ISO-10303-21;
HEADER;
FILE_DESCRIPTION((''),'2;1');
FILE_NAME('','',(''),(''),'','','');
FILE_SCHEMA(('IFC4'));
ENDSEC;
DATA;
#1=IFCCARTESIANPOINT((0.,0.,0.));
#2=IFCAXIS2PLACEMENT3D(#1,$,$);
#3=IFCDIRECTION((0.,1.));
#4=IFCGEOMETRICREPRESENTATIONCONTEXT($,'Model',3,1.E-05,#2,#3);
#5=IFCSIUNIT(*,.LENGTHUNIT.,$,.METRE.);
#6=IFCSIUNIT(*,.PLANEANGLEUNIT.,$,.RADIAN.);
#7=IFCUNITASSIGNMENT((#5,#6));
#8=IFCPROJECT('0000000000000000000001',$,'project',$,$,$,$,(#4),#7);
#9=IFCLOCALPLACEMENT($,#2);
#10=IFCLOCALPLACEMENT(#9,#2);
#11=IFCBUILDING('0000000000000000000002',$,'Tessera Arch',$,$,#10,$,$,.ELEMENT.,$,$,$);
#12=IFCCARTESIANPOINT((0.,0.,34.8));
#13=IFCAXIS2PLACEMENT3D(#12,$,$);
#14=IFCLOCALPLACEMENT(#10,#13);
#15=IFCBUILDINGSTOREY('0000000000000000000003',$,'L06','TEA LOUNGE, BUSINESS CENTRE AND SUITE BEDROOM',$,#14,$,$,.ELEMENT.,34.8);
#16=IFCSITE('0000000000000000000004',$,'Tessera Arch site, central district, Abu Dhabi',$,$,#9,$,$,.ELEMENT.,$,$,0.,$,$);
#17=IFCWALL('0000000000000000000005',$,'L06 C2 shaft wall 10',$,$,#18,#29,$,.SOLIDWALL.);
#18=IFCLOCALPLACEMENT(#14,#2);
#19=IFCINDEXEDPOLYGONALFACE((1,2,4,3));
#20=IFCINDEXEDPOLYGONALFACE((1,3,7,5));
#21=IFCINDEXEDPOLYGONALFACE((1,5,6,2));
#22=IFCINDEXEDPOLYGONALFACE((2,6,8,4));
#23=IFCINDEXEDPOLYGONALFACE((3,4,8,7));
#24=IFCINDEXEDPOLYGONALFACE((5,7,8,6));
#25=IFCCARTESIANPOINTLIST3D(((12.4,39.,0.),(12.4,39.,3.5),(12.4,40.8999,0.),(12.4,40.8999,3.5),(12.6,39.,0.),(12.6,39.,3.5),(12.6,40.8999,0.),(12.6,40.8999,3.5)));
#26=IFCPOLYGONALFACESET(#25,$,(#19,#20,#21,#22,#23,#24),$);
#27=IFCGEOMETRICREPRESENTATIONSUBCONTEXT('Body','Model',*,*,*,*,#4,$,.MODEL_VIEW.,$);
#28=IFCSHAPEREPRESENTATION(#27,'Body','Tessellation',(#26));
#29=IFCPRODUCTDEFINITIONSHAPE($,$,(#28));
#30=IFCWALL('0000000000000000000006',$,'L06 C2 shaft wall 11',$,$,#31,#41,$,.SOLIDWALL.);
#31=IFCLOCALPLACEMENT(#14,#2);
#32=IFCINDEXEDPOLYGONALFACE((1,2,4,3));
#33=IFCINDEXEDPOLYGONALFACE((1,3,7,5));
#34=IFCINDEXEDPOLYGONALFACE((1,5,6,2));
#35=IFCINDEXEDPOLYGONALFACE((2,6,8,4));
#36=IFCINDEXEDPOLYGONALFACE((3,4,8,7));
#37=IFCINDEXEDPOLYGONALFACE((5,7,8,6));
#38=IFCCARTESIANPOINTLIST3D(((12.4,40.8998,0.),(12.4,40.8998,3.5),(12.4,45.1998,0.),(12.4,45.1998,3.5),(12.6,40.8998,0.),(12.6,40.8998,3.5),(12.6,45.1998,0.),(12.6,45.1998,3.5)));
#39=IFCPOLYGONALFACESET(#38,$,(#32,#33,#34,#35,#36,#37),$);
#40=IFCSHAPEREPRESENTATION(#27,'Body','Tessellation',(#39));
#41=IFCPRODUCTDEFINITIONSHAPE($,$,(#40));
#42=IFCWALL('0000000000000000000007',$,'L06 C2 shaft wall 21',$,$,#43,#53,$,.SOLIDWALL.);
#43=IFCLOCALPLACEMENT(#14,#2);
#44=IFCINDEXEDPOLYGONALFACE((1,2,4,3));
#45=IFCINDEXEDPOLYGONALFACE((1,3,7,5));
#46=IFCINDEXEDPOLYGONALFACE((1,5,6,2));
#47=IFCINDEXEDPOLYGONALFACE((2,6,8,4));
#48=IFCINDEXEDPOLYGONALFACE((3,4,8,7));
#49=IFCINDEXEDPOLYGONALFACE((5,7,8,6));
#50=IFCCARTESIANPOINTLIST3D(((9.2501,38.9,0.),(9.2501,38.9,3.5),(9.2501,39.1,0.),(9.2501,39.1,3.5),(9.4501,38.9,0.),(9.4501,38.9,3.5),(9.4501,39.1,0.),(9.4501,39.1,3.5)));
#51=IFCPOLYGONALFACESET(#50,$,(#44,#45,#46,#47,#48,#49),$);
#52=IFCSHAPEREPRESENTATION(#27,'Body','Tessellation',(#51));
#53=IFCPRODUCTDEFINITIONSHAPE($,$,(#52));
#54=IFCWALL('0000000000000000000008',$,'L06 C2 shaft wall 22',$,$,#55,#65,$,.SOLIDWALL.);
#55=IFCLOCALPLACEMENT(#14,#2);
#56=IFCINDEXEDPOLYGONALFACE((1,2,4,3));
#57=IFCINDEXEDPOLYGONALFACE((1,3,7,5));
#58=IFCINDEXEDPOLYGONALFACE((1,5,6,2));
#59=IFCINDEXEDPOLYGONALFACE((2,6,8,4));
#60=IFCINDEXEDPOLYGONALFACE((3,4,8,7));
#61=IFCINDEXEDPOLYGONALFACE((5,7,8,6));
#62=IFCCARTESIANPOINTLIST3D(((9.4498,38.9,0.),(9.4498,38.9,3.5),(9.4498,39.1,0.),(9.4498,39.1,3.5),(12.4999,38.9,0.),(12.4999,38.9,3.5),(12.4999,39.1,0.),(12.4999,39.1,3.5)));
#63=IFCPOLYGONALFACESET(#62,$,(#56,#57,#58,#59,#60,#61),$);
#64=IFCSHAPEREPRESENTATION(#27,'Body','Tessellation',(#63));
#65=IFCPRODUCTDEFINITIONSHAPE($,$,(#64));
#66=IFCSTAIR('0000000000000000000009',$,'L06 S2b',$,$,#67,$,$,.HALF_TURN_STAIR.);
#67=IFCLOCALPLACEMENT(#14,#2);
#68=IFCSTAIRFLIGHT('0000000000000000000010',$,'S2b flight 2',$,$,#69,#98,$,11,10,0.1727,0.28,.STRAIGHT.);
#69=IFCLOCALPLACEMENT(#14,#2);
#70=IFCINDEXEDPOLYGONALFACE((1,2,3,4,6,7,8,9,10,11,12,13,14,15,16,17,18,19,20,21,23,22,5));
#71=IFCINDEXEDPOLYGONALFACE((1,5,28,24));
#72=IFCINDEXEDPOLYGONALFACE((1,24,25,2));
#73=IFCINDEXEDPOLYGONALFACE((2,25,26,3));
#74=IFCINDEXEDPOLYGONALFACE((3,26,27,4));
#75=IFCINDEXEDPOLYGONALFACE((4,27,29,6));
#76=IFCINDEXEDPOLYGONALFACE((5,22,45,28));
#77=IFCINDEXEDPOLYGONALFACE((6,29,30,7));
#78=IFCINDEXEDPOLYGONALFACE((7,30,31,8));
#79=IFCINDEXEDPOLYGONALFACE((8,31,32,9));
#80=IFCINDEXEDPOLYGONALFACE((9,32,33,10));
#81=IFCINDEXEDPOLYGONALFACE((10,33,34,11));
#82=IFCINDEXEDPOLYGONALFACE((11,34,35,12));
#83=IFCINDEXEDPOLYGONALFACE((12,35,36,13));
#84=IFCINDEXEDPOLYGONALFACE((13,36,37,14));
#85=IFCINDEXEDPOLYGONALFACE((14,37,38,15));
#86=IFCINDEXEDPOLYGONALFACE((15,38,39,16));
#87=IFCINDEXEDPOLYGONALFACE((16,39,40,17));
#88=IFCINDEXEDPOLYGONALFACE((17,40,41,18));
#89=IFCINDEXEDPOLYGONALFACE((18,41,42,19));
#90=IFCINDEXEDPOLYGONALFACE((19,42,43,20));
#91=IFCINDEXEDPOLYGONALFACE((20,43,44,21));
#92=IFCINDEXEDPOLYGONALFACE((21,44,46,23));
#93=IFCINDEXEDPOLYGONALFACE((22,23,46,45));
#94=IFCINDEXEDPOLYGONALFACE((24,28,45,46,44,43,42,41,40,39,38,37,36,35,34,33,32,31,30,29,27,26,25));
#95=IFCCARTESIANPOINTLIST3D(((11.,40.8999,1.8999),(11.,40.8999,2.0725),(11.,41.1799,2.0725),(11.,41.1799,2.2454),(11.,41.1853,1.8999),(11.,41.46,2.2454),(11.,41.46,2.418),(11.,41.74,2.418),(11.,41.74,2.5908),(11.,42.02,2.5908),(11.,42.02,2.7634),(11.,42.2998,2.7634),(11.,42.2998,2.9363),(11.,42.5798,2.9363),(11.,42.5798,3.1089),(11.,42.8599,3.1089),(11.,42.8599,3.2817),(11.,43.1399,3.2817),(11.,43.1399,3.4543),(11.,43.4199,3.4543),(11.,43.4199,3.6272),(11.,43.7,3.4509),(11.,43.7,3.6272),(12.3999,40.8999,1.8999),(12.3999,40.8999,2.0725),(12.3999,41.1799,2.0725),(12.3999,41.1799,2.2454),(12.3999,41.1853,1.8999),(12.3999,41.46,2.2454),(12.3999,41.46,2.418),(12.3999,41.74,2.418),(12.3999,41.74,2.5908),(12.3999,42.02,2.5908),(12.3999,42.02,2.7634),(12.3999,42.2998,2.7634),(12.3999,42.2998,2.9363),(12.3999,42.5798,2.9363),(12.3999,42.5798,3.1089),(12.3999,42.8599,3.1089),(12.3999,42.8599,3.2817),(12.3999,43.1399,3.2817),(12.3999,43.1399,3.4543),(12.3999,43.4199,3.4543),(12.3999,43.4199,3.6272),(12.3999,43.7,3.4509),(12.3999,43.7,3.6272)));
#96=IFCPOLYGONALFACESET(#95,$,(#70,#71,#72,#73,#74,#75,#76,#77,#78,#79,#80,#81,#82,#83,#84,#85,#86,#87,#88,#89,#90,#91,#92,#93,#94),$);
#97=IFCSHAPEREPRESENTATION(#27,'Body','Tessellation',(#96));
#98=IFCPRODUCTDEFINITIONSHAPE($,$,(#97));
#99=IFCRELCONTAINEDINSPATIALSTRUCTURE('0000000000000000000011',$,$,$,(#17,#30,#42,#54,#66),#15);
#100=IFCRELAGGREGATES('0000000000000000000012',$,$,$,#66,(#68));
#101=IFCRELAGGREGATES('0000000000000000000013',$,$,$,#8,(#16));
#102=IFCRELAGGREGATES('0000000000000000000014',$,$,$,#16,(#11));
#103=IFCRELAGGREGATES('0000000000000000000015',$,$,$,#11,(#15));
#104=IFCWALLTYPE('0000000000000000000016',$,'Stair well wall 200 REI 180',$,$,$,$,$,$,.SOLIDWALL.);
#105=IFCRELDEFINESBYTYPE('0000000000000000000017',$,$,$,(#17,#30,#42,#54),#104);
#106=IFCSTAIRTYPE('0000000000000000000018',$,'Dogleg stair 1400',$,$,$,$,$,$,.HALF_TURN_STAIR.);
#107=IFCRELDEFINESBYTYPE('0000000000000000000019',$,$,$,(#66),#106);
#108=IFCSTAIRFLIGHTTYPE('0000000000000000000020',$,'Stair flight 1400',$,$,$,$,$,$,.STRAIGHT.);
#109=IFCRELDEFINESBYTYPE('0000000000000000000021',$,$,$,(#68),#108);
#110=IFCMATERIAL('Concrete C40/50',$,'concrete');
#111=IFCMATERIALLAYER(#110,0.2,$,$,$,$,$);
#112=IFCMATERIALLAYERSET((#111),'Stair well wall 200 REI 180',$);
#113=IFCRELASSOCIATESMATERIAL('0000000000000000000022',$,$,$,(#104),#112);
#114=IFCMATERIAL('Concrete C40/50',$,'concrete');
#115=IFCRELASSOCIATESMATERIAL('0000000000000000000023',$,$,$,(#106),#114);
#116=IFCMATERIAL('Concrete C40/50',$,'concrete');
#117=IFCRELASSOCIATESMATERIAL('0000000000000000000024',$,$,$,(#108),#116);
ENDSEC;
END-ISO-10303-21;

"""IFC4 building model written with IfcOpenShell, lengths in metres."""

from ifc_helpers import new_model, si_unit, direction, frame, frame_2d, origin, place, context, subcontext, project, spatial, polyline, rectangle, outline, extrude, material, layer, layer_set, type_object, element, aggregate, save


model = new_model("IFC4")

# Units and contexts
model_context = context("Model", 3, precision=1e-05, world=origin(), true_north=direction((0.0, 1.0)))
body_context = subcontext(model_context, "Body", "Model", "MODEL_VIEW")
ifc_project = project(units=[si_unit("LENGTHUNIT", "METRE"), si_unit("PLANEANGLEUNIT", "RADIAN")], contexts=[model_context])

# Site, building, storey
site_placement = place(None, origin())
site = spatial("IfcSite", under=ifc_project, at=site_placement, Name="Tessera Arch site, central district, Abu Dhabi", CompositionType="ELEMENT", RefElevation=0.0)
building_placement = place(site_placement, origin())
building = spatial("IfcBuilding", under=site, at=building_placement, Name="Tessera Arch", CompositionType="ELEMENT")
storey_placement = place(building_placement, frame((0.0, 0.0, 34.8)))
storey = spatial("IfcBuildingStorey", under=building, at=storey_placement, Name="L06", Description="TEA LOUNGE, BUSINESS CENTRE AND SUITE BEDROOM", CompositionType="ELEMENT", Elevation=34.8)

# Walls
ifc_material_1 = material(Name="Concrete C40/50", Category="concrete")
ifc_layer_1 = layer(ifc_material_1, 0.2)
ifc_layer_set_1 = layer_set([ifc_layer_1], Name="Stair well wall 200 REI 180")
wall_type_1 = type_object("IfcWallType", Name="Stair well wall 200 REI 180", PredefinedType="SOLIDWALL", material=ifc_layer_set_1)
wall_1_placement = place(storey_placement, frame((12.5, 39.0, 0.0), z_axis=(0.0, 0.0, 1.0), x_axis=(0.0, 1.0, 0.0)))
element("IfcWall", 1, at=wall_1_placement, inside=storey, type_object=wall_type_1, Name="L06 C2 shaft wall 10", PredefinedType="SOLIDWALL", context=body_context, shape_type="SweptSolid", body=[
    extrude(rectangle(XDim=1.8999, YDim=0.2, at=frame_2d((0.95, 0.0))), origin(), (0.0, 0.0, 1.0), 3.5),
])
wall_2_placement = place(storey_placement, frame((12.5, 40.8999, 0.0), z_axis=(0.0, 0.0, 1.0), x_axis=(0.0, 1.0, 0.0)))
element("IfcWall", 2, at=wall_2_placement, inside=storey, type_object=wall_type_1, Name="L06 C2 shaft wall 11", PredefinedType="SOLIDWALL", context=body_context, shape_type="SweptSolid", body=[
    extrude(rectangle(XDim=4.3, YDim=0.2, at=frame_2d((2.1499, 0.0))), origin(), (0.0, 0.0, 1.0), 3.5),
])
wall_3_placement = place(storey_placement, frame((9.25, 39.0, 0.0), z_axis=(0.0, 0.0, 1.0), x_axis=(1.0, 0.0, 0.0)))
element("IfcWall", 3, at=wall_3_placement, inside=storey, type_object=wall_type_1, Name="L06 C2 shaft wall 21", PredefinedType="SOLIDWALL", context=body_context, shape_type="SweptSolid", body=[
    extrude(rectangle(XDim=0.2, YDim=0.2, at=frame_2d((0.1001, 0.0))), origin(), (0.0, 0.0, 1.0), 3.5),
])
wall_4_placement = place(storey_placement, frame((9.45, 39.0, 0.0), z_axis=(0.0, 0.0, 1.0), x_axis=(1.0, 0.0, 0.0)))
element("IfcWall", 4, at=wall_4_placement, inside=storey, type_object=wall_type_1, Name="L06 C2 shaft wall 22", PredefinedType="SOLIDWALL", context=body_context, shape_type="SweptSolid", body=[
    extrude(rectangle(XDim=3.05, YDim=0.2, at=frame_2d((1.5249, 0.0))), origin(), (0.0, 0.0, 1.0), 3.5),
])

# Stair, stair flight
ifc_material_2 = material(Name="Concrete C40/50", Category="concrete")
stair_type = type_object("IfcStairType", Name="Dogleg stair 1400", PredefinedType="HALF_TURN_STAIR", material=ifc_material_2)
stair_placement = place(storey_placement, origin())
stair = element("IfcStair", 5, at=stair_placement, inside=storey, type_object=stair_type, Name="L06 S2b", PredefinedType="HALF_TURN_STAIR")
ifc_material_3 = material(Name="Concrete C40/50", Category="concrete")
stair_flight_type = type_object("IfcStairFlightType", Name="Stair flight 1400", PredefinedType="STRAIGHT", material=ifc_material_3)
stair_flight_placement = place(storey_placement, frame((11.7, 40.8999, 1.8999), z_axis=(0.0, 0.0, 1.0), x_axis=(0.0, 1.0, 0.0)))
stair_flight = element("IfcStairFlight", 6, at=stair_flight_placement, type_object=stair_flight_type, Name="S2b flight 2", NumberOfRisers=11, NumberOfTreads=10, PredefinedType="STRAIGHT", RiserHeight=0.1727, TreadLength=0.28, context=body_context, shape_type="SweptSolid", body=[
    extrude(outline(polyline([(0.0, 0.0), (0.0, 0.1726), (0.28, 0.1726), (0.28, 0.3455), (0.5601, 0.3455), (0.5601, 0.5181), (0.8401, 0.5181), (0.8401, 0.6909), (1.1201, 0.6909), (1.1201, 0.8635), (1.3999, 0.8635), (1.3999, 1.0364), (1.6799, 1.0364), (1.6799, 1.209), (1.96, 1.209), (1.96, 1.3818), (2.24, 1.3818), (2.24, 1.5544), (2.52, 1.5544), (2.52, 1.7273), (2.8, 1.7273), (2.8, 1.8999), (2.8, 1.551), (0.2854, 0.0), (0.0, 0.0)])), frame((0.0, 0.7, 0.0), z_axis=(0.0, -1.0, 0.0), x_axis=(1.0, 0.0, 0.0)), (0.0, 0.0, 1.0), 1.3999),
])
aggregate(stair, [stair_flight])

save(model, "model.ifc")
